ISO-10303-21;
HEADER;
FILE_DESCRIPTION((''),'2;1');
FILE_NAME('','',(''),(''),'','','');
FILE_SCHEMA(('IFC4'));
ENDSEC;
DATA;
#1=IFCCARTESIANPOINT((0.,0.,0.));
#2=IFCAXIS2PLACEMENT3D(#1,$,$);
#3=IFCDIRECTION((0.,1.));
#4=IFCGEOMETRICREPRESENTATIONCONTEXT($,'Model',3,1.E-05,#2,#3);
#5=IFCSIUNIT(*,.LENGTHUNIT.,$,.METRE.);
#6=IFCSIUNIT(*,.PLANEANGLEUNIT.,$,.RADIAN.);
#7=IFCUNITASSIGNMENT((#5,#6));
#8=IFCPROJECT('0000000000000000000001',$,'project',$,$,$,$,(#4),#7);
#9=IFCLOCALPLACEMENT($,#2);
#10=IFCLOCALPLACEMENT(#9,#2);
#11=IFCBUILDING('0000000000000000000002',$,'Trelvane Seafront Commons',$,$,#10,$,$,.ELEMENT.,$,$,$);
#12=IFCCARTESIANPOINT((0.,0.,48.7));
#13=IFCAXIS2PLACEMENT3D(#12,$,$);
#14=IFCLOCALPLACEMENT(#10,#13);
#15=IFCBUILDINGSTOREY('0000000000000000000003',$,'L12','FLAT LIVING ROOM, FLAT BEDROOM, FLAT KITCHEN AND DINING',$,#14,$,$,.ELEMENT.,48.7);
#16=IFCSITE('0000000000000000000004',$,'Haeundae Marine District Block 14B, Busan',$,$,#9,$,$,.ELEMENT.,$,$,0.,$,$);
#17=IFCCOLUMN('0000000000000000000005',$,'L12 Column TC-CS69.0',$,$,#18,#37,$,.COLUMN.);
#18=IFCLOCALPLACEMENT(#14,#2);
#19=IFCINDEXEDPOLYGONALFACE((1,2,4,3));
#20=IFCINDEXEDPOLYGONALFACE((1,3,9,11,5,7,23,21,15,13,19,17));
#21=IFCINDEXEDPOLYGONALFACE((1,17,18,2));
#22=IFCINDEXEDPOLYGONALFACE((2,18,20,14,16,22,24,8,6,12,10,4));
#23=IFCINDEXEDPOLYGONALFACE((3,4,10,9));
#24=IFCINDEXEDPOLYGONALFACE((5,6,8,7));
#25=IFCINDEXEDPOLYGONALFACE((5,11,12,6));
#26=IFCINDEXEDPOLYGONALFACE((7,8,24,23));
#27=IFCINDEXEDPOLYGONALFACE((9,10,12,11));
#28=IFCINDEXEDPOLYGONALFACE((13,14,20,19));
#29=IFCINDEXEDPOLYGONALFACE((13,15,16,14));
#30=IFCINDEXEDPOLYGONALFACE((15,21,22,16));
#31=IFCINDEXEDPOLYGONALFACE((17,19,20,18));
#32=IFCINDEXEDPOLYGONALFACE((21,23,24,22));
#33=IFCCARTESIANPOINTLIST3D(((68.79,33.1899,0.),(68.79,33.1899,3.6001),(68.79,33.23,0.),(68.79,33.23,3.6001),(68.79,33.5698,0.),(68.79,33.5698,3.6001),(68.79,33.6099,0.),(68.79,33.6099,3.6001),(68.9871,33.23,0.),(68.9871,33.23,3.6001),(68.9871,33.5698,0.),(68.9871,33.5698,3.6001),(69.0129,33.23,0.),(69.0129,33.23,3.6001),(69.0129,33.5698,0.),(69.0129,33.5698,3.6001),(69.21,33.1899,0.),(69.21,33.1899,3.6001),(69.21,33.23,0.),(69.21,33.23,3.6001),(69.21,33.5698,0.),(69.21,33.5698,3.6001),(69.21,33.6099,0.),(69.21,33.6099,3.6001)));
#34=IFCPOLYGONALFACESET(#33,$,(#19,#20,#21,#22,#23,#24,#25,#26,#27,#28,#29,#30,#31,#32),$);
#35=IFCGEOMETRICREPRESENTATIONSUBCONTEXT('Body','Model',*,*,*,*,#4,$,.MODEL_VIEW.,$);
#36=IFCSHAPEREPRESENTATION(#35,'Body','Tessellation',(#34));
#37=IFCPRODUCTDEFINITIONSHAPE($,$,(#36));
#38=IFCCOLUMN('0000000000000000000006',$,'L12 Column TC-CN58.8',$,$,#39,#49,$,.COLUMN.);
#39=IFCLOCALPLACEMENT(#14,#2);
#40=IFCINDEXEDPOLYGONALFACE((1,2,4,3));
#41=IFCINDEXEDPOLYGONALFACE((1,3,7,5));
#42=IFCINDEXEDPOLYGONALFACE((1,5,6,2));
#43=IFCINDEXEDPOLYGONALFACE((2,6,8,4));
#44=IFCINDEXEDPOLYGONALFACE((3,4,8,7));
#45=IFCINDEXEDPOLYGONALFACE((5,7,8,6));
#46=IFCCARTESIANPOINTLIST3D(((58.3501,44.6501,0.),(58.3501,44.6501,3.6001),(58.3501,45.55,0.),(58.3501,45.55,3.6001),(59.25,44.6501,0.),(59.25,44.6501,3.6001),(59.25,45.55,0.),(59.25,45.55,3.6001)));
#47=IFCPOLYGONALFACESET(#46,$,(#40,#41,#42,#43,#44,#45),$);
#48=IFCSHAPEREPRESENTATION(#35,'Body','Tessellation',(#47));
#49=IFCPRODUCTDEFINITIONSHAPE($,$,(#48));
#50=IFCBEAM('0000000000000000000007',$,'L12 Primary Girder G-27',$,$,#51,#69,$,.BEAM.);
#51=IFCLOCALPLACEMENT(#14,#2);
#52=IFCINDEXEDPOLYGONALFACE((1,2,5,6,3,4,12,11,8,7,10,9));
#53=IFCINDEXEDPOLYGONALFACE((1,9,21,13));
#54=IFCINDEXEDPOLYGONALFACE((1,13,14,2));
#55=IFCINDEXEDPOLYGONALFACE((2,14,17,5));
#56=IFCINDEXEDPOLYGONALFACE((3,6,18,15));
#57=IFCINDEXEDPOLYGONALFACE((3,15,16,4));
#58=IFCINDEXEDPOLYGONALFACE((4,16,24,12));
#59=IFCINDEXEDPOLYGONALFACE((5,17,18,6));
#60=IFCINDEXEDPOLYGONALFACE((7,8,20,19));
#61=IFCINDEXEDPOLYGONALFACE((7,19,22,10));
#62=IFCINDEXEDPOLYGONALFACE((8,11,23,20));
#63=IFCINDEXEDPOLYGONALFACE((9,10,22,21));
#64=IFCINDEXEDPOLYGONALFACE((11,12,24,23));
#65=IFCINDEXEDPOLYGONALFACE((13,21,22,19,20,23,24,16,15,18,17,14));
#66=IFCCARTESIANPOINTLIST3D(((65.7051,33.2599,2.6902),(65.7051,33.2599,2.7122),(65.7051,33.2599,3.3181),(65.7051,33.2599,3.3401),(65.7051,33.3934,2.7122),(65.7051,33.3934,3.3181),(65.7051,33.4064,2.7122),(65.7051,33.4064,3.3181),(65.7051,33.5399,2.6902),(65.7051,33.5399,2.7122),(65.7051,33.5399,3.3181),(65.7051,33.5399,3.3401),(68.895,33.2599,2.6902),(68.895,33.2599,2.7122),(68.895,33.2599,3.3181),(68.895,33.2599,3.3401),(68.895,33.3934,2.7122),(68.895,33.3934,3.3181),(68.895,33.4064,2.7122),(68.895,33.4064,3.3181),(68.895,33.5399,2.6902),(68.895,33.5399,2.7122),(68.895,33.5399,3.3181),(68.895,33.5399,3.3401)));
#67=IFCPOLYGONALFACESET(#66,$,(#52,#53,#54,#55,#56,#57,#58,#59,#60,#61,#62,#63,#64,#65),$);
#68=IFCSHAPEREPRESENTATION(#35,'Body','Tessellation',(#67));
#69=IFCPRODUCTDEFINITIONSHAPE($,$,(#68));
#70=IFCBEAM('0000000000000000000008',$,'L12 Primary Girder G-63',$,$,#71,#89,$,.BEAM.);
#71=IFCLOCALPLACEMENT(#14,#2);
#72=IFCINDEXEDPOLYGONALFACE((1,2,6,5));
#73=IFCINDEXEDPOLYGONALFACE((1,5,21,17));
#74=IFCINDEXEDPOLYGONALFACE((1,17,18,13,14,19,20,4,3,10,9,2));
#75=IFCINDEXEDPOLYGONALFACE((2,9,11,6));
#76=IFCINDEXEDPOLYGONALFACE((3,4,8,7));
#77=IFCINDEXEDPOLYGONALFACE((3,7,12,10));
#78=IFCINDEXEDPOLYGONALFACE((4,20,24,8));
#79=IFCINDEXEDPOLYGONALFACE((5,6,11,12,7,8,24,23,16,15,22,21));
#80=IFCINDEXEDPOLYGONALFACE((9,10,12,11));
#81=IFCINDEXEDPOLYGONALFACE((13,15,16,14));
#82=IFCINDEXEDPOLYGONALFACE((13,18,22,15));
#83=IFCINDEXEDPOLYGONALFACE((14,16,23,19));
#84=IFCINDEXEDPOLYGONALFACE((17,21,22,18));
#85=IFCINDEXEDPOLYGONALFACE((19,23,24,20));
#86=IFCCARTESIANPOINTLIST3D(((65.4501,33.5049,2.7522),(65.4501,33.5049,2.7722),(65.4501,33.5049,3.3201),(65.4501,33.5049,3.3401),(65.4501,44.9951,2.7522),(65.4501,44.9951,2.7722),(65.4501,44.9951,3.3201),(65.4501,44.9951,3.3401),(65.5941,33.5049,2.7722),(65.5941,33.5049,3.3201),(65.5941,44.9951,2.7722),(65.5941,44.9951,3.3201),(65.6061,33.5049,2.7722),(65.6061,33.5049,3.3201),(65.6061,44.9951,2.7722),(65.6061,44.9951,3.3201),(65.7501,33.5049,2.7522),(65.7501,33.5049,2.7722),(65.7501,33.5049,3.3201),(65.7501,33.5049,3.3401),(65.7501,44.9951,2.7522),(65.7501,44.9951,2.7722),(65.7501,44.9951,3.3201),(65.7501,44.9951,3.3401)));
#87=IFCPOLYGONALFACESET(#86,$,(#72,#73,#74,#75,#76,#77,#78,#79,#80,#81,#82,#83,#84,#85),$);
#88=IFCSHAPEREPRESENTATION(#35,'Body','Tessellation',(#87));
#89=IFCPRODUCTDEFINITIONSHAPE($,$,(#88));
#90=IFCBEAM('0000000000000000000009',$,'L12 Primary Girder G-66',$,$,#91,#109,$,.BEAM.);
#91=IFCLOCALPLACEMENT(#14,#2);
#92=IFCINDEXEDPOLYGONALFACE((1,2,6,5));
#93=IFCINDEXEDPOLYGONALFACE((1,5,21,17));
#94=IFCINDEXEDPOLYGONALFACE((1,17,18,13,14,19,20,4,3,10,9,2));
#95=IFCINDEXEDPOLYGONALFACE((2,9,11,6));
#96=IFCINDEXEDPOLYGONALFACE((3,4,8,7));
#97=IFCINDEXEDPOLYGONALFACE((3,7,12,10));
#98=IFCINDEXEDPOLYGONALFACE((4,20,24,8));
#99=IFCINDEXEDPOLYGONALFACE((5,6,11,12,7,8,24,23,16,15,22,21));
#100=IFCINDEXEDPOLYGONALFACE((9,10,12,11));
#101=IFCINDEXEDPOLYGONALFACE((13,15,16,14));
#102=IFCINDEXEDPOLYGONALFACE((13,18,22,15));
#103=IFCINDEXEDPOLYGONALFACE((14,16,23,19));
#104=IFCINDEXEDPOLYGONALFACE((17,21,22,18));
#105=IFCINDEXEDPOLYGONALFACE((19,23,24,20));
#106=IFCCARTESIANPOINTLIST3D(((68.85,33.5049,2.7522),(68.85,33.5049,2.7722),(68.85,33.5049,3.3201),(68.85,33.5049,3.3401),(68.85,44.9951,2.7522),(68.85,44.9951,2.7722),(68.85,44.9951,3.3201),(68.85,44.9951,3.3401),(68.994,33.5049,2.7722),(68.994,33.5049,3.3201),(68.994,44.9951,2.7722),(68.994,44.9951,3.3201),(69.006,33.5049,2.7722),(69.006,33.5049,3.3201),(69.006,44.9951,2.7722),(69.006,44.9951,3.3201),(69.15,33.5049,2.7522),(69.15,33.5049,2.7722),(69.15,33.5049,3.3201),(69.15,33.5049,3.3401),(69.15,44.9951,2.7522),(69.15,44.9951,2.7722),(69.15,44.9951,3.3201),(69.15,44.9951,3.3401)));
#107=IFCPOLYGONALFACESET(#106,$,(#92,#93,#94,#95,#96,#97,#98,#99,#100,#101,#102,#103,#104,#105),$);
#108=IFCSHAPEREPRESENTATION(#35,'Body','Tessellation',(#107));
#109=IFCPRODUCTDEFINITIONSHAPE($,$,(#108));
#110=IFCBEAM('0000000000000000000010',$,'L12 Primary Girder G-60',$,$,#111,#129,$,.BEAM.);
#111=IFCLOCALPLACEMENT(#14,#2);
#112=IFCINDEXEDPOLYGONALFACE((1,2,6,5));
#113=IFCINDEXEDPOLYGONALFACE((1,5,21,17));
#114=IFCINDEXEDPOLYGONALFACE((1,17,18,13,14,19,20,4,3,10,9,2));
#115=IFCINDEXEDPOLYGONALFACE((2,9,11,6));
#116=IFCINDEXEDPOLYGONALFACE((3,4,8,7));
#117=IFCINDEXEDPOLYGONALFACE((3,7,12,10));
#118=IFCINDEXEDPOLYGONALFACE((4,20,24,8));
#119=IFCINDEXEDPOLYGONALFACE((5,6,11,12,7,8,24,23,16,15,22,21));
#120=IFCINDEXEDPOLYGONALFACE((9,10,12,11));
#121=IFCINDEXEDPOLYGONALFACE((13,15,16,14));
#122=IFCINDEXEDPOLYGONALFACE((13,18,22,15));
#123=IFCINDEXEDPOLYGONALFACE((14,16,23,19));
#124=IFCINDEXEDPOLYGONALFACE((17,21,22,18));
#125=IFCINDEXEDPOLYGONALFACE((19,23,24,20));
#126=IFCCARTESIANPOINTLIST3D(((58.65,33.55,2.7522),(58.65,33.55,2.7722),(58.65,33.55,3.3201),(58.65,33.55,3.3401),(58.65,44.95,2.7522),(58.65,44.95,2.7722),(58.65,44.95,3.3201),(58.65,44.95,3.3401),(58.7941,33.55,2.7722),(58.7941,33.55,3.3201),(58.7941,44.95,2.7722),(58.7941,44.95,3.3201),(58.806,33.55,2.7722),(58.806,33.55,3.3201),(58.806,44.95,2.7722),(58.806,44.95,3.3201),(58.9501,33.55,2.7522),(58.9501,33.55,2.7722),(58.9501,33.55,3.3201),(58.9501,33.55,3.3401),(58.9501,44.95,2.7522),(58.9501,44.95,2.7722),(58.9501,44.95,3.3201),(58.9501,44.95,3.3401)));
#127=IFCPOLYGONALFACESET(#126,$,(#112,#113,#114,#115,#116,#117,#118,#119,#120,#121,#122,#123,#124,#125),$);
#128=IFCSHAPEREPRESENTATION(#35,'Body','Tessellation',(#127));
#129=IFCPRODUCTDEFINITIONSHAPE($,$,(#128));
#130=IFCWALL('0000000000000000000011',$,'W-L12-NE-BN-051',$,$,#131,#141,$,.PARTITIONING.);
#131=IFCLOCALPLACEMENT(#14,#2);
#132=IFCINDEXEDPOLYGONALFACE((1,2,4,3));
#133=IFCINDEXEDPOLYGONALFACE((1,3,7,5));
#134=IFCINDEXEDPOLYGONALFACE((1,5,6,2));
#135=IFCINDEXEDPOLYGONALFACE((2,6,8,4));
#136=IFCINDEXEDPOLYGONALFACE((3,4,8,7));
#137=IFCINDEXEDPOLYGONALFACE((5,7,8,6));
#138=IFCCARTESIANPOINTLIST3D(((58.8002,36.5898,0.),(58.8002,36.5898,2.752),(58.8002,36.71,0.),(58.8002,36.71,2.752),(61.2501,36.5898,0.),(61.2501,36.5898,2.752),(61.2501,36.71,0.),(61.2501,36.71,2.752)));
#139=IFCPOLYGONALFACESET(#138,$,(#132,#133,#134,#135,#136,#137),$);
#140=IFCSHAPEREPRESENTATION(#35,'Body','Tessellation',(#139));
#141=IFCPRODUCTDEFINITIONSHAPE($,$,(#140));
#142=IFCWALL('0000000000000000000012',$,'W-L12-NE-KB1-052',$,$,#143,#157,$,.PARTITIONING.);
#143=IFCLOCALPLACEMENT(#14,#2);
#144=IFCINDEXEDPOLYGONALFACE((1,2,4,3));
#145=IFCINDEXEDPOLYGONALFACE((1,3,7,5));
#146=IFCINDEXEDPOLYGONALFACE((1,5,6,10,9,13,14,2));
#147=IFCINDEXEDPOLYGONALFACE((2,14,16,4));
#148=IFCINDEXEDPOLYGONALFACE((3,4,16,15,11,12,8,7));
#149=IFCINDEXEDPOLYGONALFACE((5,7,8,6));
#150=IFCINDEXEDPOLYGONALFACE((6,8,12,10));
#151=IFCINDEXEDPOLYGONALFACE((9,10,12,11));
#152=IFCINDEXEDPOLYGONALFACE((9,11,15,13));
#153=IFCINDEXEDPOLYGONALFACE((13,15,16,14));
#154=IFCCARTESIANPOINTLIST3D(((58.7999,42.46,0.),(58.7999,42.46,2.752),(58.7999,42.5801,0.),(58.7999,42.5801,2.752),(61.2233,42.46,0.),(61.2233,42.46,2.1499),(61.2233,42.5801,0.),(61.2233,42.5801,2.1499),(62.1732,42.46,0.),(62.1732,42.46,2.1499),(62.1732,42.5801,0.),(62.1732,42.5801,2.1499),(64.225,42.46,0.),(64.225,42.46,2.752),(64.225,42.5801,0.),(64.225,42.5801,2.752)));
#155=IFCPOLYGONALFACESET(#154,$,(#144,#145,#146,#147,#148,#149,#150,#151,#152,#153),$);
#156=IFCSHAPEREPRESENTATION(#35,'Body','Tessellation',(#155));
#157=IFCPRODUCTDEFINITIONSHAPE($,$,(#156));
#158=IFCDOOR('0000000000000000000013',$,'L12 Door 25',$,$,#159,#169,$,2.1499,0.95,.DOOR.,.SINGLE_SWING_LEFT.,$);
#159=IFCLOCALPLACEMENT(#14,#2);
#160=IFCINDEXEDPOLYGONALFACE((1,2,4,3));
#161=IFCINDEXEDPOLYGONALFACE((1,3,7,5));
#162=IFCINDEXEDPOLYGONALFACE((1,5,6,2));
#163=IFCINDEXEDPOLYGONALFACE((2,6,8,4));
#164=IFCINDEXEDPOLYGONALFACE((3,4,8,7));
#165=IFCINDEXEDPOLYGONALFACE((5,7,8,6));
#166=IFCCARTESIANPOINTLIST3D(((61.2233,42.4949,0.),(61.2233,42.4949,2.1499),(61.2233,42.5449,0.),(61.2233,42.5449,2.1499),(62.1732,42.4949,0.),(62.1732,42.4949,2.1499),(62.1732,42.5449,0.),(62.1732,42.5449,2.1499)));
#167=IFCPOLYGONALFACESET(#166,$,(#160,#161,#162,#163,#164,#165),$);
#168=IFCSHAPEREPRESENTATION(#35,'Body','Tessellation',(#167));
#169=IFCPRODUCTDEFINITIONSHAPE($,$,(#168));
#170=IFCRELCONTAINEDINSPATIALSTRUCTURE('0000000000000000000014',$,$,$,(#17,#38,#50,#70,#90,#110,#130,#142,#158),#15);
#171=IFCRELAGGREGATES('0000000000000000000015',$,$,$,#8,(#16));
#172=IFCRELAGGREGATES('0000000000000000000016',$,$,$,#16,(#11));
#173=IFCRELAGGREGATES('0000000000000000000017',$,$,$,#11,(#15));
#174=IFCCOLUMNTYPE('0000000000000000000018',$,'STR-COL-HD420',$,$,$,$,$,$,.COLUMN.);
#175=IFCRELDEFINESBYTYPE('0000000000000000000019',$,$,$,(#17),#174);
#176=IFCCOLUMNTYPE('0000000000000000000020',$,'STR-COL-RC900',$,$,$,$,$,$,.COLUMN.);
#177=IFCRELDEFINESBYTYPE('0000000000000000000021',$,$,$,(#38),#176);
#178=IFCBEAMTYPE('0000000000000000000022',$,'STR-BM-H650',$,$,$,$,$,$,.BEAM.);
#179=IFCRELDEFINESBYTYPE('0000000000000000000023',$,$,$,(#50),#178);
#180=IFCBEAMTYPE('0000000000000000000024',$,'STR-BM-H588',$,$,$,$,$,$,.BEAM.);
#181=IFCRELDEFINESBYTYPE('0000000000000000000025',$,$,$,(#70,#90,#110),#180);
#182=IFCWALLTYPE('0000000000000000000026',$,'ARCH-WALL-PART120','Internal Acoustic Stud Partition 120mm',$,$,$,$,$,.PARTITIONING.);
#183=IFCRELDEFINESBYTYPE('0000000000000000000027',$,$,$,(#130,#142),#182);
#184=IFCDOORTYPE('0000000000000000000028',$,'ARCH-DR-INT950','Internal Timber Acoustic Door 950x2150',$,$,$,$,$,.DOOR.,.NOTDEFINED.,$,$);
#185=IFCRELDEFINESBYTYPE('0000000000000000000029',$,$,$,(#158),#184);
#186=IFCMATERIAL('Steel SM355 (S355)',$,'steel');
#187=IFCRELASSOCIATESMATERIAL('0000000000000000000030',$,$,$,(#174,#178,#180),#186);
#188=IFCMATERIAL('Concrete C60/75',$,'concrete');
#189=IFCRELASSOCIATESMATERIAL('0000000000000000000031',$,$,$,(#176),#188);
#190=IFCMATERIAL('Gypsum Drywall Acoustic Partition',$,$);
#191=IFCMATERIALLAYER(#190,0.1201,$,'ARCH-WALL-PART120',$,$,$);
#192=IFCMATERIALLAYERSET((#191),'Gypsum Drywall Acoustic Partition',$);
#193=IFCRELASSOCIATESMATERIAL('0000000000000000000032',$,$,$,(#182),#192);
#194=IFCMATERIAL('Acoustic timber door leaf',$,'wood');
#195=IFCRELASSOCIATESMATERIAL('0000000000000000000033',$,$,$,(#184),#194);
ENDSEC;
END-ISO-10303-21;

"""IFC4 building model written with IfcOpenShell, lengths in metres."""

from ifc_helpers import new_model, si_unit, direction, frame, frame_2d, origin, origin_2d, place, context, subcontext, project, spatial, rectangle, i_section, extrude, source, transform, mapped, material, layer, layer_set, material_profile, profile_set, type_object, element, fill, save


model = new_model("IFC4")

# Units and contexts
model_context = context("Model", 3, precision=1e-05, world=origin(), true_north=direction((0.0, 1.0)))
body_context = subcontext(model_context, "Body", "Model", "MODEL_VIEW")
ifc_project = project(units=[si_unit("LENGTHUNIT", "METRE"), si_unit("PLANEANGLEUNIT", "RADIAN")], contexts=[model_context])

# Site, building, storey
site_placement = place(None, origin())
site = spatial("IfcSite", under=ifc_project, at=site_placement, Name="Haeundae Marine District Block 14B, Busan", CompositionType="ELEMENT", RefElevation=0.0)
building_placement = place(site_placement, origin())
building = spatial("IfcBuilding", under=site, at=building_placement, Name="Trelvane Seafront Commons", CompositionType="ELEMENT")
storey_placement = place(building_placement, frame((0.0, 0.0, 48.7)))
storey = spatial("IfcBuildingStorey", under=building, at=storey_placement, Name="L12", Description="FLAT LIVING ROOM, FLAT BEDROOM, FLAT KITCHEN AND DINING", CompositionType="ELEMENT", Elevation=48.7)

# Columns
ifc_material_1 = material(Name="Steel SM355 (S355)", Category="steel")
ifc_material_profile_1 = material_profile(ifc_material_1, i_section(OverallWidth=0.4199, OverallDepth=0.4199, WebThickness=0.0259, FlangeThickness=0.04, at=origin_2d()), Name="HD-420x420x26x40")
ifc_profile_set_1 = profile_set([ifc_material_profile_1], Name="Steel SM355 (S355)")
column_type_1 = type_object("IfcColumnType", Name="STR-COL-HD420", PredefinedType="COLUMN", material=ifc_profile_set_1)
shared_shape_1 = source(origin(), body_context, "Body", "SweptSolid", [
    extrude(i_section(OverallWidth=0.4199, OverallDepth=0.4199, WebThickness=0.0259, FlangeThickness=0.04, at=origin_2d()), origin(), (0.0, 0.0, 1.0), 3.6001),
])
column_1_placement = place(storey_placement, frame((69.0, 33.3999, 0.0), z_axis=(0.0, 0.0, 1.0), x_axis=(1.0, 0.0, 0.0)))
element("IfcColumn", 1, at=column_1_placement, inside=storey, type_object=column_type_1, Name="L12 Column TC-CS69.0", PredefinedType="COLUMN", context=body_context, shape_type="MappedRepresentation", body=[
    mapped(shared_shape_1, transform((0.0, 0.0, 0.0), x_axis=(1.0, 0.0, 0.0), y_axis=(0.0, 1.0, 0.0), z_axis=(0.0, 0.0, 1.0), scale=1.0)),
])
ifc_material_2 = material(Name="Concrete C60/75", Category="concrete")
ifc_material_profile_2 = material_profile(ifc_material_2, rectangle(XDim=0.8999, YDim=0.8999, at=origin_2d()), Name="RC-900x900")
ifc_profile_set_2 = profile_set([ifc_material_profile_2], Name="Concrete C60/75")
column_type_2 = type_object("IfcColumnType", Name="STR-COL-RC900", PredefinedType="COLUMN", material=ifc_profile_set_2)
shared_shape_2 = source(origin(), body_context, "Body", "SweptSolid", [
    extrude(rectangle(XDim=0.8999, YDim=0.8999, at=origin_2d()), origin(), (0.0, 0.0, 1.0), 3.6001),
])
column_2_placement = place(storey_placement, frame((58.8, 45.1001, 0.0), z_axis=(0.0, 0.0, 1.0), x_axis=(1.0, 0.0, 0.0)))
element("IfcColumn", 2, at=column_2_placement, inside=storey, type_object=column_type_2, Name="L12 Column TC-CN58.8", PredefinedType="COLUMN", context=body_context, shape_type="MappedRepresentation", body=[
    mapped(shared_shape_2, transform((0.0, 0.0, 0.0), x_axis=(1.0, 0.0, 0.0), y_axis=(0.0, 1.0, 0.0), z_axis=(0.0, 0.0, 1.0), scale=1.0)),
])

# Beams
ifc_material_profile_3 = material_profile(ifc_material_1, i_section(OverallWidth=0.28, OverallDepth=0.6499, WebThickness=0.0129, FlangeThickness=0.022, at=origin_2d()), Name="H-650x280x13x22")
ifc_profile_set_3 = profile_set([ifc_material_profile_3], Name="Steel SM355 (S355)")
beam_type_1 = type_object("IfcBeamType", Name="STR-BM-H650", PredefinedType="BEAM", material=ifc_profile_set_3)
shared_shape_3 = source(origin(), body_context, "Body", "SweptSolid", [
    extrude(i_section(OverallWidth=0.28, OverallDepth=0.6499, WebThickness=0.0129, FlangeThickness=0.022, at=origin_2d()), origin(), (0.0, 0.0, 1.0), 3.1899),
])
beam_1_placement = place(storey_placement, frame((65.7051, 33.3999, 3.0151), z_axis=(1.0, 0.0, 0.0), x_axis=(0.0, 1.0, 0.0)))
element("IfcBeam", 3, at=beam_1_placement, inside=storey, type_object=beam_type_1, Name="L12 Primary Girder G-27", PredefinedType="BEAM", context=body_context, shape_type="MappedRepresentation", body=[
    mapped(shared_shape_3, transform((0.0, 0.0, 0.0), x_axis=(1.0, 0.0, 0.0), y_axis=(0.0, 1.0, 0.0), z_axis=(0.0, 0.0, 1.0), scale=1.0)),
])
ifc_material_profile_4 = material_profile(ifc_material_1, i_section(OverallWidth=0.3, OverallDepth=0.5879, WebThickness=0.012, FlangeThickness=0.02, at=origin_2d()), Name="H-588x300x12x20")
ifc_profile_set_4 = profile_set([ifc_material_profile_4], Name="Steel SM355 (S355)")
beam_type_2 = type_object("IfcBeamType", Name="STR-BM-H588", PredefinedType="BEAM", material=ifc_profile_set_4)
shared_shape_4 = source(origin(), body_context, "Body", "SweptSolid", [
    extrude(i_section(OverallWidth=0.3, OverallDepth=0.5879, WebThickness=0.012, FlangeThickness=0.02, at=origin_2d()), origin(), (0.0, 0.0, 1.0), 11.4902),
])
for number, where, z_axis, x_axis, name in (
    (4, (65.6001, 33.5049, 3.0461), (0.0, 1.0, 0.0), (-1.0, 0.0, 0.0), "L12 Primary Girder G-63"),
    (5, (69.0, 33.5049, 3.0461), (0.0, 1.0, 0.0), (-1.0, 0.0, 0.0), "L12 Primary Girder G-66"),
):
    element("IfcBeam", number, at=place(storey_placement, frame(where, z_axis=z_axis, x_axis=x_axis)), inside=storey, type_object=beam_type_2, Name=name, PredefinedType="BEAM", context=body_context, shape_type="MappedRepresentation", body=[
        mapped(shared_shape_4, transform((0.0, 0.0, 0.0), x_axis=(1.0, 0.0, 0.0), y_axis=(0.0, 1.0, 0.0), z_axis=(0.0, 0.0, 1.0), scale=1.0)),
    ])
shared_shape_5 = source(origin(), body_context, "Body", "SweptSolid", [
    extrude(i_section(OverallWidth=0.3, OverallDepth=0.5879, WebThickness=0.012, FlangeThickness=0.02, at=origin_2d()), origin(), (0.0, 0.0, 1.0), 11.3999),
])
beam_2_placement = place(storey_placement, frame((58.8, 33.55, 3.0461), z_axis=(0.0, 1.0, 0.0), x_axis=(-1.0, 0.0, 0.0)))
element("IfcBeam", 6, at=beam_2_placement, inside=storey, type_object=beam_type_2, Name="L12 Primary Girder G-60", PredefinedType="BEAM", context=body_context, shape_type="MappedRepresentation", body=[
    mapped(shared_shape_5, transform((0.0, 0.0, 0.0), x_axis=(1.0, 0.0, 0.0), y_axis=(0.0, 1.0, 0.0), z_axis=(0.0, 0.0, 1.0), scale=1.0)),
])

# Wall
ifc_material_3 = material(Name="Gypsum Drywall Acoustic Partition")
ifc_layer_1 = layer(ifc_material_3, 0.1201, Name="ARCH-WALL-PART120")
ifc_layer_set_1 = layer_set([ifc_layer_1], Name="Gypsum Drywall Acoustic Partition")
wall_type_1 = type_object("IfcWallType", Name="ARCH-WALL-PART120", Description="Internal Acoustic Stud Partition 120mm", PredefinedType="PARTITIONING", material=ifc_layer_set_1)
wall_1_placement = place(storey_placement, frame((58.8, 36.6499, 0.0), z_axis=(0.0, 0.0, 1.0), x_axis=(1.0, 0.0, 0.0)))
element("IfcWall", 7, at=wall_1_placement, inside=storey, type_object=wall_type_1, Name="W-L12-NE-BN-051", PredefinedType="PARTITIONING", context=body_context, shape_type="SweptSolid", body=[
    extrude(rectangle(XDim=2.45, YDim=0.1201, at=frame_2d((1.2251, 0.0))), origin(), (0.0, 0.0, 1.0), 2.752),
])

# Wall, opening, door
wall_2_placement = place(storey_placement, frame((58.8, 42.52, 0.0), z_axis=(0.0, 0.0, 1.0), x_axis=(1.0, 0.0, 0.0)))
wall_2 = element("IfcWall", 8, at=wall_2_placement, inside=storey, type_object=wall_type_1, Name="W-L12-NE-KB1-052", PredefinedType="PARTITIONING", context=body_context, shape_type="SweptSolid", body=[
    extrude(rectangle(XDim=5.425, YDim=0.1201, at=frame_2d((2.7124, 0.0))), origin(), (0.0, 0.0, 1.0), 2.752),
])
opening_1_placement = place(wall_2_placement, frame((2.4231, 0.0, 0.0)))
opening_1 = element("IfcOpeningElement", 9, at=opening_1_placement, cuts=wall_2, PredefinedType="OPENING", context=body_context, shape_type="SweptSolid", body=[
    extrude(rectangle(XDim=0.95, YDim=2.1499, at=frame_2d((0.4751, 1.075))), frame((0.0, 0.0701, 0.0), z_axis=(0.0, -1.0, 0.0), x_axis=(1.0, 0.0, 0.0)), (0.0, 0.0, 1.0), 0.1401),
])
ifc_material_4 = material(Name="Acoustic timber door leaf", Category="wood")
door_type_1 = type_object("IfcDoorType", Name="ARCH-DR-INT950", Description="Internal Timber Acoustic Door 950x2150", OperationType="NOTDEFINED", PredefinedType="DOOR", material=ifc_material_4)
shared_shape_6 = source(origin(), body_context, "Body", "SweptSolid", [
    extrude(rectangle(XDim=0.95, YDim=2.1499, at=frame_2d((0.4751, 1.075))), frame((0.0, 0.0249, 0.0), z_axis=(0.0, -1.0, 0.0), x_axis=(1.0, 0.0, 0.0)), (0.0, 0.0, 1.0), 0.05),
])
door_1_placement = place(opening_1_placement, origin())
door_1 = element("IfcDoor", 10, at=door_1_placement, inside=storey, type_object=door_type_1, Name="L12 Door 25", OperationType="SINGLE_SWING_LEFT", OverallHeight=2.1499, OverallWidth=0.95, PredefinedType="DOOR", context=body_context, shape_type="MappedRepresentation", body=[
    mapped(shared_shape_6, transform((0.0, 0.0, 0.0), x_axis=(1.0, 0.0, 0.0), y_axis=(0.0, 1.0, 0.0), z_axis=(0.0, 0.0, 1.0), scale=1.0)),
])
fill(opening_1, door_1)

save(model, "model.ifc")
